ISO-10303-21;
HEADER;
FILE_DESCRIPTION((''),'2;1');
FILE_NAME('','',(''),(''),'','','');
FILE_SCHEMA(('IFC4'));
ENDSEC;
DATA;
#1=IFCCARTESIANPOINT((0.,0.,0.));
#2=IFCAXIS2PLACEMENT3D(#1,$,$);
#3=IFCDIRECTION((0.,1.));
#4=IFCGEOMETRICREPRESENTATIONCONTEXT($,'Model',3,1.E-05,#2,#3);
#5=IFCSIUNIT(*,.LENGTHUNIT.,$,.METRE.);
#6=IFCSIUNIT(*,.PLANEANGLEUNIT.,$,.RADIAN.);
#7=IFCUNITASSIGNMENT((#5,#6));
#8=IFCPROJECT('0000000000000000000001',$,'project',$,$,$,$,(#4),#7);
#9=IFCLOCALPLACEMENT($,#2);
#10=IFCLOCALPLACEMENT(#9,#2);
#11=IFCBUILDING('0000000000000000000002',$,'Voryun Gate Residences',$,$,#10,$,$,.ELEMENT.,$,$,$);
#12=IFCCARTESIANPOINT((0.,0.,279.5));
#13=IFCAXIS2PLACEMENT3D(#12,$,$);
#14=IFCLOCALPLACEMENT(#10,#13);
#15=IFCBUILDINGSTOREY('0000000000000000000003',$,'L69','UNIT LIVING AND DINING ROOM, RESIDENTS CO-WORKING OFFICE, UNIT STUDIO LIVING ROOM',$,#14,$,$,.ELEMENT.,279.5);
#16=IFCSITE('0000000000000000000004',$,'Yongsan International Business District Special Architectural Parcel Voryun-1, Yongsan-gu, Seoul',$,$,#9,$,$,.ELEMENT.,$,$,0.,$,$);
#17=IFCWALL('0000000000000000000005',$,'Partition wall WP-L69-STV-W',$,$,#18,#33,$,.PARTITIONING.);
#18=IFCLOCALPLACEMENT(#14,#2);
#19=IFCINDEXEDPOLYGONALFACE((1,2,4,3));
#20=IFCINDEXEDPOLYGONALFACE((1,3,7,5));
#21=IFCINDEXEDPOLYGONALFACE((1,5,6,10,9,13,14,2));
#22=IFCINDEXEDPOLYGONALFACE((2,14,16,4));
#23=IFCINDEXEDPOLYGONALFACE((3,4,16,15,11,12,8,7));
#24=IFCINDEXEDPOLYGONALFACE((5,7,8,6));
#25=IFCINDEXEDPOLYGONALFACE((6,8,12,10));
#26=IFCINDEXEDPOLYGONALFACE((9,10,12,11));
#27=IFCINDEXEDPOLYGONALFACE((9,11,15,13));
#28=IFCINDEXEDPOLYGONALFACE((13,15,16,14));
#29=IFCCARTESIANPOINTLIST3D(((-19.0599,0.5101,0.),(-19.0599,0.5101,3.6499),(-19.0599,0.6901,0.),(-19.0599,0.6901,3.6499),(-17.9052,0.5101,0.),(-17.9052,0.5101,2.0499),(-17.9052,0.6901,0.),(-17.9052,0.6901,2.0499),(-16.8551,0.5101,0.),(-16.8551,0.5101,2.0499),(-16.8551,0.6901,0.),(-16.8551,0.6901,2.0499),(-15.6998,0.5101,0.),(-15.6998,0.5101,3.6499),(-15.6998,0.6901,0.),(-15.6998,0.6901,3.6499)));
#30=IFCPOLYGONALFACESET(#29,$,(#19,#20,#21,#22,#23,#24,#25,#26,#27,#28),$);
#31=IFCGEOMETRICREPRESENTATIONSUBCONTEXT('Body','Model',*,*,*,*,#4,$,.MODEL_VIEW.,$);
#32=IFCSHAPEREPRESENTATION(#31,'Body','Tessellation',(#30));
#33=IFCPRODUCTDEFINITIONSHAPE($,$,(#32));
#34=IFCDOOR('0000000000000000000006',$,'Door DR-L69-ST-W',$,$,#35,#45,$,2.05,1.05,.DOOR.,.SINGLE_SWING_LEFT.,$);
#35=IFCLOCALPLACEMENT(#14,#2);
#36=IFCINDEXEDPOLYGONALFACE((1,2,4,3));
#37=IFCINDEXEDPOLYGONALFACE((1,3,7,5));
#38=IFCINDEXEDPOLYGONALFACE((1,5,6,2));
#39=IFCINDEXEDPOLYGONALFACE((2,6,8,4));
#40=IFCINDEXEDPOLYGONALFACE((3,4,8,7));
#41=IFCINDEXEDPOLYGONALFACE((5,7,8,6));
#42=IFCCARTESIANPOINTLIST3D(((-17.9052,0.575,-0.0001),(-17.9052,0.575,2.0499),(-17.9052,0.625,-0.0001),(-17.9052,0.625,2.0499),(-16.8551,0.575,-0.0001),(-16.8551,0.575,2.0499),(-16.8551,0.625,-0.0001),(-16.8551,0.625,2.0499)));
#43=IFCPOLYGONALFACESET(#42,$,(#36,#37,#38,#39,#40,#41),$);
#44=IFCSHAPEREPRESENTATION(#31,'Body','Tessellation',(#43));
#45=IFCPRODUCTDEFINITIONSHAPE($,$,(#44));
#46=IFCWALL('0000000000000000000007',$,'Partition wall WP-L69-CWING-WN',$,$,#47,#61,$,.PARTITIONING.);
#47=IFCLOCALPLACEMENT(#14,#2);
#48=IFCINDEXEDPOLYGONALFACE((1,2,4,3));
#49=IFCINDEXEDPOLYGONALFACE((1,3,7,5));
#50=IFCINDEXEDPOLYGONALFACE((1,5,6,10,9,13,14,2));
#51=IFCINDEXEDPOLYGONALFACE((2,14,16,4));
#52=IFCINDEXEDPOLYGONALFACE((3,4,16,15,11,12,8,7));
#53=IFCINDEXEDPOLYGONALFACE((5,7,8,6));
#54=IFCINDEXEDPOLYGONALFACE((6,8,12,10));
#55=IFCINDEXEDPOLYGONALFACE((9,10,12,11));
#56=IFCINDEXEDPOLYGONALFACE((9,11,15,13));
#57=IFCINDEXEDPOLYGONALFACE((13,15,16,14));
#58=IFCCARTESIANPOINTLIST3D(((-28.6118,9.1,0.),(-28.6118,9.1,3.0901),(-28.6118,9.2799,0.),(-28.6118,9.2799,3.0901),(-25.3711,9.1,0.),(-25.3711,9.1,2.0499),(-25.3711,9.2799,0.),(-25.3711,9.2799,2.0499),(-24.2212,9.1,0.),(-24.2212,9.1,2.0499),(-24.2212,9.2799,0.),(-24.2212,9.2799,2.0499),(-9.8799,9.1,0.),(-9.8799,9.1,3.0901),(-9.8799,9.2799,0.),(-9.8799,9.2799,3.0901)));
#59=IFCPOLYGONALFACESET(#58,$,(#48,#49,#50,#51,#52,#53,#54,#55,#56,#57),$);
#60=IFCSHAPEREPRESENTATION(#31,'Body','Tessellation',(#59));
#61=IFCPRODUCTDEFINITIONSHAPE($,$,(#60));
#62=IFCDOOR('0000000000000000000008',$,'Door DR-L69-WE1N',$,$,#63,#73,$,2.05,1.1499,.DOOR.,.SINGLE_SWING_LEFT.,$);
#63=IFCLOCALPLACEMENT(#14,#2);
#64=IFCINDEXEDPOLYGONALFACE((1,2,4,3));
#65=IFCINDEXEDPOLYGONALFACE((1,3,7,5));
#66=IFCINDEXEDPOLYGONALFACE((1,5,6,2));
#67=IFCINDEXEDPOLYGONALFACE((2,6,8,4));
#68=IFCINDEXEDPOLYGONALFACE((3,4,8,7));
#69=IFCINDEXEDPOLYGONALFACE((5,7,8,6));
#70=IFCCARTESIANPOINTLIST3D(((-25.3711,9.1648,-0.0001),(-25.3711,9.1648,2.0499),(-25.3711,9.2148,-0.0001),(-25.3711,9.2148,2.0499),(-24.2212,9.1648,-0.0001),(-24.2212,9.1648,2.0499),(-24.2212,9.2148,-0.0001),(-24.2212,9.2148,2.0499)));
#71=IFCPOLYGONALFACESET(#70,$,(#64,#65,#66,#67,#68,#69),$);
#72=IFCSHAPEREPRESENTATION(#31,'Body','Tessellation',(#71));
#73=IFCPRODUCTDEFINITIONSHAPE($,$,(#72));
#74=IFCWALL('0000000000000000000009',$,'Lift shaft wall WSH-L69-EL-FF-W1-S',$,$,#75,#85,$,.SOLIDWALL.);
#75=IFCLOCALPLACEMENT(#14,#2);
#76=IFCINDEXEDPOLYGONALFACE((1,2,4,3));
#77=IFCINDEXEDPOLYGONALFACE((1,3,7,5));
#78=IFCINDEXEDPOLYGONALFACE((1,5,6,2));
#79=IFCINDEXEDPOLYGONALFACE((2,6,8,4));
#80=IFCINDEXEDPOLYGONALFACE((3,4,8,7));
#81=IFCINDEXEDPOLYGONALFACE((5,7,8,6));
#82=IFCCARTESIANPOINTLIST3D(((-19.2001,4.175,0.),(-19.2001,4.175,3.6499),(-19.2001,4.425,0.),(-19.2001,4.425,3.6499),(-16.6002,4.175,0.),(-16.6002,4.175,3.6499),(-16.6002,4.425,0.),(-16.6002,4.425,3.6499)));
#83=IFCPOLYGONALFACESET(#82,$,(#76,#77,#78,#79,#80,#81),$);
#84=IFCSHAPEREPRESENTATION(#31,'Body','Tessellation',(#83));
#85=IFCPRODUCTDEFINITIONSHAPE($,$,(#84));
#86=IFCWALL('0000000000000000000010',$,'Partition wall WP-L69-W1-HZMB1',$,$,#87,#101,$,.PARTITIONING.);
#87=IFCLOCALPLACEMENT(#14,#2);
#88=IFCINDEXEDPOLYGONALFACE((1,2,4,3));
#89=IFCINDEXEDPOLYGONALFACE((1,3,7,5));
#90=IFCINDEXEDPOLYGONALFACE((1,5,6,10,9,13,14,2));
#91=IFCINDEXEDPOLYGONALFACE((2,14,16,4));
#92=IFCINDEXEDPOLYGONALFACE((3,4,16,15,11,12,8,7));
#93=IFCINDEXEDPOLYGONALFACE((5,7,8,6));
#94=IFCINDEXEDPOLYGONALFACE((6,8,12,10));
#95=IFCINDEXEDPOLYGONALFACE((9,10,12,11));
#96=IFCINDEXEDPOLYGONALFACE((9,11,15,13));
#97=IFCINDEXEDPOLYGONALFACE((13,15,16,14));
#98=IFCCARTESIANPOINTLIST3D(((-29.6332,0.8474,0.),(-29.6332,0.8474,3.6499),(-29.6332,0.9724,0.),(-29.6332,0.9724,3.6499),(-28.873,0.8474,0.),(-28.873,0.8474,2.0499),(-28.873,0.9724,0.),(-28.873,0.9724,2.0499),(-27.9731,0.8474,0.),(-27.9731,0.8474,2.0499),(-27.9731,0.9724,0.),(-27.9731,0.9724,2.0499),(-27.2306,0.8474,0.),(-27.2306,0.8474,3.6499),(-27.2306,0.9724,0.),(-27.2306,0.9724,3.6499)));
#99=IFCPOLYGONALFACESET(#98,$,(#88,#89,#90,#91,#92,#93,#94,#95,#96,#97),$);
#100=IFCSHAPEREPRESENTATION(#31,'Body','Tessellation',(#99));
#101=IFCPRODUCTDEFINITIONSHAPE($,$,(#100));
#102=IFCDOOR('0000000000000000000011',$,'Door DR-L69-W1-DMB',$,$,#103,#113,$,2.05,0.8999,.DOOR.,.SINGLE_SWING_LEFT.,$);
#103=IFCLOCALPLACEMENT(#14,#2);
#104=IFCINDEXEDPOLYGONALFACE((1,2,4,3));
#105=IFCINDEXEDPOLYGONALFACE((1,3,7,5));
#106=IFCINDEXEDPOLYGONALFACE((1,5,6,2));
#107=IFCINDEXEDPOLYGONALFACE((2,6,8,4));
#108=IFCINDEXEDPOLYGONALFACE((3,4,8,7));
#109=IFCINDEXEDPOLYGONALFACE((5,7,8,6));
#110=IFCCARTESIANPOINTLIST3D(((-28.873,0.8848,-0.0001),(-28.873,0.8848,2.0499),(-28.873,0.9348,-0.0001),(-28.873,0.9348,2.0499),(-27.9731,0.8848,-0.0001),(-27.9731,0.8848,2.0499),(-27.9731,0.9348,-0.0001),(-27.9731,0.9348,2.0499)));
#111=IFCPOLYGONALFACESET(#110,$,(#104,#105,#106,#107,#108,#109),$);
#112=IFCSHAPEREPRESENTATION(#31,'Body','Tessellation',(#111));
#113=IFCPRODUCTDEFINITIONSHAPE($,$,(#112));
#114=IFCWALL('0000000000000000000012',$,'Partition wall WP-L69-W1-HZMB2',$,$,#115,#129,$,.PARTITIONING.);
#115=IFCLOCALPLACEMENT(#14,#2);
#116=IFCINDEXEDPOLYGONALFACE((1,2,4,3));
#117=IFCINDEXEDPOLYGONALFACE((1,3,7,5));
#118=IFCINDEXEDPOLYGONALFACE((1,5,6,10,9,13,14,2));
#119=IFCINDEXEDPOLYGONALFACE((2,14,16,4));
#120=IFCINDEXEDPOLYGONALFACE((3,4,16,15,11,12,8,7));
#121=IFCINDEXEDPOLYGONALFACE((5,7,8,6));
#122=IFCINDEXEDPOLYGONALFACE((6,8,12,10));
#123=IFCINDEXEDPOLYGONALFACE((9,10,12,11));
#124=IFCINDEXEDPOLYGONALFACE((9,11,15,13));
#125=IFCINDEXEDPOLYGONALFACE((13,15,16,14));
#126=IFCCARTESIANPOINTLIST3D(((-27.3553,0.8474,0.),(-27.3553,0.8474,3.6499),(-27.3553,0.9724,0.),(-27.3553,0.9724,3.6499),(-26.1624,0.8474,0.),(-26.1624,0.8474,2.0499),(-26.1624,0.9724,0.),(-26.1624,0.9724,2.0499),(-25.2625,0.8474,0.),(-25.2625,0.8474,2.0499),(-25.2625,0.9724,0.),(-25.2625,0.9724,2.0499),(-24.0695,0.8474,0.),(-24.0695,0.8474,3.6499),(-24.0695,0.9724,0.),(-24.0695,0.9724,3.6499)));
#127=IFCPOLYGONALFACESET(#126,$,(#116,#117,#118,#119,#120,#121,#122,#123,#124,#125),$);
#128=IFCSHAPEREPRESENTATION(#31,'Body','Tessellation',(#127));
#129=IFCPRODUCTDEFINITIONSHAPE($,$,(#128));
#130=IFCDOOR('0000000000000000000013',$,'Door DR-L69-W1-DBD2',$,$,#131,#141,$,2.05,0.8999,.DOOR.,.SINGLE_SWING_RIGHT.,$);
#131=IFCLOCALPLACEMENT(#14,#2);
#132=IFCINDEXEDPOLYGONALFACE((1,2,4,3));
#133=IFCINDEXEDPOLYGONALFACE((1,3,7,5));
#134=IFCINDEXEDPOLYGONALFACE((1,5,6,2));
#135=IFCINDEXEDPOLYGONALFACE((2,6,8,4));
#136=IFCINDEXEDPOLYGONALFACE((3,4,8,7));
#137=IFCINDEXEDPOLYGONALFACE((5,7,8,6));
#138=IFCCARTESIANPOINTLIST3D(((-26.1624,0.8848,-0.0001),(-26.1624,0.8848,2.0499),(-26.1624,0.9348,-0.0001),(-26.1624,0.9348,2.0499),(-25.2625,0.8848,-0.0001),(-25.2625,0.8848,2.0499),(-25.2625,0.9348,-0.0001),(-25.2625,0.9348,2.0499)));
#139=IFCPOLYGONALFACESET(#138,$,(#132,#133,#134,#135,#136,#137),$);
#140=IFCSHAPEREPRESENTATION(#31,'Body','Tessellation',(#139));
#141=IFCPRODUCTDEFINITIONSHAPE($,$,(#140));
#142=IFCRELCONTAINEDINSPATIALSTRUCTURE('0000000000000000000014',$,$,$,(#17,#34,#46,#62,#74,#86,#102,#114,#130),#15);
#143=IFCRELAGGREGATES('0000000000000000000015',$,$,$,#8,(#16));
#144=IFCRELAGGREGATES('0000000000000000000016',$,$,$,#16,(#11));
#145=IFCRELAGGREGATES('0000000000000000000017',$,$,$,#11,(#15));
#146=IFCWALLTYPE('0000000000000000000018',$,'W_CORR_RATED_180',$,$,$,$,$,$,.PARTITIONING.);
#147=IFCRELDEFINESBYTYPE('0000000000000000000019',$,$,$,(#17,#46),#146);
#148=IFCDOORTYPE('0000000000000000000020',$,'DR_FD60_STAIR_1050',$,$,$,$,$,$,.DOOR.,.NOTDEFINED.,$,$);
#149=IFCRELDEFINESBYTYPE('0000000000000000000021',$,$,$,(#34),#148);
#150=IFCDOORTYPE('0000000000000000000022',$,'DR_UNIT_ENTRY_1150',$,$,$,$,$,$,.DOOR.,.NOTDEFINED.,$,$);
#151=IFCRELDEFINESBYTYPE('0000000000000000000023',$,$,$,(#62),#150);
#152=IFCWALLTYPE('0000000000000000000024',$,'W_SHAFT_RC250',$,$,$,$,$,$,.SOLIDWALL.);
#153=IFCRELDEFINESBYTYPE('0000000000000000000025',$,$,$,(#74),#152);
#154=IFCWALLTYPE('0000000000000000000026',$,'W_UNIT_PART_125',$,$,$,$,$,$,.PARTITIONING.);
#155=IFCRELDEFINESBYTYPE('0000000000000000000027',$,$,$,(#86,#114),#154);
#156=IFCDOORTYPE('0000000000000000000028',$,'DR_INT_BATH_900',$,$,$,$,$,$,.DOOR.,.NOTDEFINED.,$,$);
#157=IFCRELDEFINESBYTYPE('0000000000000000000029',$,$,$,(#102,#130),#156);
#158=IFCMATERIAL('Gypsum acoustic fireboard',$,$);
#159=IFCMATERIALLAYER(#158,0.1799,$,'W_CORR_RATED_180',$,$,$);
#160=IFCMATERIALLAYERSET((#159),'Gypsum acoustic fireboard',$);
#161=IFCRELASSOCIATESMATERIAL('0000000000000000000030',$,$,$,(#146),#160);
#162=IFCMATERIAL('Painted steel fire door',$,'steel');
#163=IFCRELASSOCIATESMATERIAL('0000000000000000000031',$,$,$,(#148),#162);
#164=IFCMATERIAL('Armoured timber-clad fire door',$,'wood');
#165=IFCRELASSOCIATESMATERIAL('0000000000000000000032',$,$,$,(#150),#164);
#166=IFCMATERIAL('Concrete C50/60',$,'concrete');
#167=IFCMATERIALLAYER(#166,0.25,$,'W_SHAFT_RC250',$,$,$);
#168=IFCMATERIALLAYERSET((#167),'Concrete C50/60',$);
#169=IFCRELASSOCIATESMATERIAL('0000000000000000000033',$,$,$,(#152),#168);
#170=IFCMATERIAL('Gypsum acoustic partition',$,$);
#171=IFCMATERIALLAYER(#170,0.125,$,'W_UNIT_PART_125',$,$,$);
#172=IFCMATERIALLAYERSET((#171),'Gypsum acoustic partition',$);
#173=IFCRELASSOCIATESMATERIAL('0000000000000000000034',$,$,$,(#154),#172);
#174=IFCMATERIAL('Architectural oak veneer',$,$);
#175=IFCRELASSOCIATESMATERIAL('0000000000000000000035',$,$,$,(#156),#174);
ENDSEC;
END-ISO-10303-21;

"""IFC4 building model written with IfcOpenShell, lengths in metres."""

from ifc_helpers import new_model, si_unit, direction, frame, frame_2d, origin, place, context, subcontext, project, spatial, rectangle, extrude, material, layer, layer_set, type_object, element, fill, save


model = new_model("IFC4")

# Units and contexts
model_context = context("Model", 3, precision=1e-05, world=origin(), true_north=direction((0.0, 1.0)))
body_context = subcontext(model_context, "Body", "Model", "MODEL_VIEW")
ifc_project = project(units=[si_unit("LENGTHUNIT", "METRE"), si_unit("PLANEANGLEUNIT", "RADIAN")], contexts=[model_context])

# Site, building, storey
site_placement = place(None, origin())
site = spatial("IfcSite", under=ifc_project, at=site_placement, Name="Yongsan International Business District Special Architectural Parcel Voryun-1, Yongsan-gu, Seoul", CompositionType="ELEMENT", RefElevation=0.0)
building_placement = place(site_placement, origin())
building = spatial("IfcBuilding", under=site, at=building_placement, Name="Voryun Gate Residences", CompositionType="ELEMENT")
storey_placement = place(building_placement, frame((0.0, 0.0, 279.5)))
storey = spatial("IfcBuildingStorey", under=building, at=storey_placement, Name="L69", Description="UNIT LIVING AND DINING ROOM, RESIDENTS CO-WORKING OFFICE, UNIT STUDIO LIVING ROOM", CompositionType="ELEMENT", Elevation=279.5)

# Walls, openings, doors
ifc_material_1 = material(Name="Gypsum acoustic fireboard")
ifc_layer_1 = layer(ifc_material_1, 0.1799, Name="W_CORR_RATED_180")
ifc_layer_set_1 = layer_set([ifc_layer_1], Name="Gypsum acoustic fireboard")
wall_type_1 = type_object("IfcWallType", Name="W_CORR_RATED_180", PredefinedType="PARTITIONING", material=ifc_layer_set_1)
wall_1_placement = place(storey_placement, frame((-19.0601, 0.6001, 0.0), z_axis=(0.0, 0.0, 1.0), x_axis=(1.0, 0.0, 0.0)))
wall_1 = element("IfcWall", 1, at=wall_1_placement, inside=storey, type_object=wall_type_1, Name="Partition wall WP-L69-STV-W", PredefinedType="PARTITIONING", context=body_context, shape_type="SweptSolid", body=[
    extrude(rectangle(XDim=3.3601, YDim=0.1799, at=frame_2d((1.6802, 0.0))), origin(), (0.0, 0.0, 1.0), 3.6499),
])
opening_1_placement = place(wall_1_placement, frame((1.155, 0.0, 0.0)))
opening_1 = element("IfcOpeningElement", 2, at=opening_1_placement, cuts=wall_1, PredefinedType="OPENING", context=body_context, shape_type="SweptSolid", body=[
    extrude(rectangle(XDim=1.05, YDim=2.05, at=frame_2d((0.5249, 1.0249))), frame((0.0, 0.0999, 0.0), z_axis=(0.0, -1.0, 0.0), x_axis=(1.0, 0.0, 0.0)), (0.0, 0.0, 1.0), 0.2),
])
ifc_material_2 = material(Name="Painted steel fire door", Category="steel")
door_type_1 = type_object("IfcDoorType", Name="DR_FD60_STAIR_1050", OperationType="NOTDEFINED", PredefinedType="DOOR", material=ifc_material_2)
door_1_placement = place(opening_1_placement, origin())
door_1 = element("IfcDoor", 3, at=door_1_placement, inside=storey, type_object=door_type_1, Name="Door DR-L69-ST-W", OperationType="SINGLE_SWING_LEFT", OverallHeight=2.05, OverallWidth=1.05, PredefinedType="DOOR", context=body_context, shape_type="SweptSolid", body=[
    extrude(rectangle(XDim=1.05, YDim=2.05, at=frame_2d((0.5249, 1.0249))), frame((0.0, 0.0249, 0.0), z_axis=(0.0, -1.0, 0.0), x_axis=(1.0, 0.0, 0.0)), (0.0, 0.0, 1.0), 0.05),
])
fill(opening_1, door_1)
wall_2_placement = place(storey_placement, frame((-28.6118, 9.1899, 0.0), z_axis=(0.0, 0.0, 1.0), x_axis=(1.0, 0.0, 0.0)))
wall_2 = element("IfcWall", 4, at=wall_2_placement, inside=storey, type_object=wall_type_1, Name="Partition wall WP-L69-CWING-WN", PredefinedType="PARTITIONING", context=body_context, shape_type="SweptSolid", body=[
    extrude(rectangle(XDim=18.7319, YDim=0.1799, at=frame_2d((9.366, 0.0))), origin(), (0.0, 0.0, 1.0), 3.0901),
])
opening_2_placement = place(wall_2_placement, frame((3.2407, 0.0, 0.0)))
opening_2 = element("IfcOpeningElement", 5, at=opening_2_placement, cuts=wall_2, PredefinedType="OPENING", context=body_context, shape_type="SweptSolid", body=[
    extrude(rectangle(XDim=1.1499, YDim=2.05, at=frame_2d((0.575, 1.0249))), frame((0.0, 0.0999, 0.0), z_axis=(0.0, -1.0, 0.0), x_axis=(1.0, 0.0, 0.0)), (0.0, 0.0, 1.0), 0.2),
])
ifc_material_3 = material(Name="Armoured timber-clad fire door", Category="wood")
door_type_2 = type_object("IfcDoorType", Name="DR_UNIT_ENTRY_1150", OperationType="NOTDEFINED", PredefinedType="DOOR", material=ifc_material_3)
door_2_placement = place(opening_2_placement, origin())
door_2 = element("IfcDoor", 6, at=door_2_placement, inside=storey, type_object=door_type_2, Name="Door DR-L69-WE1N", OperationType="SINGLE_SWING_LEFT", OverallHeight=2.05, OverallWidth=1.1499, PredefinedType="DOOR", context=body_context, shape_type="SweptSolid", body=[
    extrude(rectangle(XDim=1.1499, YDim=2.05, at=frame_2d((0.575, 1.0249))), frame((0.0, 0.0249, 0.0), z_axis=(0.0, -1.0, 0.0), x_axis=(1.0, 0.0, 0.0)), (0.0, 0.0, 1.0), 0.05),
])
fill(opening_2, door_2)

# Wall
ifc_material_4 = material(Name="Concrete C50/60", Category="concrete")
ifc_layer_2 = layer(ifc_material_4, 0.25, Name="W_SHAFT_RC250")
ifc_layer_set_2 = layer_set([ifc_layer_2], Name="Concrete C50/60")
wall_type_2 = type_object("IfcWallType", Name="W_SHAFT_RC250", PredefinedType="SOLIDWALL", material=ifc_layer_set_2)
wall_3_placement = place(storey_placement, frame((-19.2, 4.3, 0.0), z_axis=(0.0, 0.0, 1.0), x_axis=(1.0, 0.0, 0.0)))
element("IfcWall", 7, at=wall_3_placement, inside=storey, type_object=wall_type_2, Name="Lift shaft wall WSH-L69-EL-FF-W1-S", PredefinedType="SOLIDWALL", context=body_context, shape_type="SweptSolid", body=[
    extrude(rectangle(XDim=2.5999, YDim=0.25, at=frame_2d((1.2998, 0.0))), origin(), (0.0, 0.0, 1.0), 3.6499),
])

# Walls, openings, doors
ifc_material_5 = material(Name="Gypsum acoustic partition")
ifc_layer_3 = layer(ifc_material_5, 0.125, Name="W_UNIT_PART_125")
ifc_layer_set_3 = layer_set([ifc_layer_3], Name="Gypsum acoustic partition")
wall_type_3 = type_object("IfcWallType", Name="W_UNIT_PART_125", PredefinedType="PARTITIONING", material=ifc_layer_set_3)
wall_4_placement = place(storey_placement, frame((-29.6331, 0.9099, 0.0), z_axis=(0.0, 0.0, 1.0), x_axis=(1.0, 0.0, 0.0)))
wall_4 = element("IfcWall", 8, at=wall_4_placement, inside=storey, type_object=wall_type_3, Name="Partition wall WP-L69-W1-HZMB1", PredefinedType="PARTITIONING", context=body_context, shape_type="SweptSolid", body=[
    extrude(rectangle(XDim=2.4026, YDim=0.125, at=frame_2d((1.2012, 0.0))), origin(), (0.0, 0.0, 1.0), 3.6499),
])
opening_3_placement = place(wall_4_placement, frame((0.76, 0.0, 0.0)))
opening_3 = element("IfcOpeningElement", 9, at=opening_3_placement, cuts=wall_4, PredefinedType="OPENING", context=body_context, shape_type="SweptSolid", body=[
    extrude(rectangle(XDim=0.8999, YDim=2.05, at=frame_2d((0.45, 1.0249))), frame((0.0, 0.0725, 0.0), z_axis=(0.0, -1.0, 0.0), x_axis=(1.0, 0.0, 0.0)), (0.0, 0.0, 1.0), 0.145),
])
ifc_material_6 = material(Name="Architectural oak veneer")
door_type_3 = type_object("IfcDoorType", Name="DR_INT_BATH_900", OperationType="NOTDEFINED", PredefinedType="DOOR", material=ifc_material_6)
door_3_placement = place(opening_3_placement, origin())
door_3 = element("IfcDoor", 10, at=door_3_placement, inside=storey, type_object=door_type_3, Name="Door DR-L69-W1-DMB", OperationType="SINGLE_SWING_LEFT", OverallHeight=2.05, OverallWidth=0.8999, PredefinedType="DOOR", context=body_context, shape_type="SweptSolid", body=[
    extrude(rectangle(XDim=0.8999, YDim=2.05, at=frame_2d((0.45, 1.0249))), frame((0.0, 0.0249, 0.0), z_axis=(0.0, -1.0, 0.0), x_axis=(1.0, 0.0, 0.0)), (0.0, 0.0, 1.0), 0.05),
])
fill(opening_3, door_3)
wall_5_placement = place(storey_placement, frame((-27.3555, 0.9099, 0.0), z_axis=(0.0, 0.0, 1.0), x_axis=(1.0, 0.0, 0.0)))
wall_5 = element("IfcWall", 11, at=wall_5_placement, inside=storey, type_object=wall_type_3, Name="Partition wall WP-L69-W1-HZMB2", PredefinedType="PARTITIONING", context=body_context, shape_type="SweptSolid", body=[
    extrude(rectangle(XDim=3.2859, YDim=0.125, at=frame_2d((1.6431, 0.0))), origin(), (0.0, 0.0, 1.0), 3.6499),
])
opening_4_placement = place(wall_5_placement, frame((1.1931, 0.0, 0.0)))
opening_4 = element("IfcOpeningElement", 12, at=opening_4_placement, cuts=wall_5, PredefinedType="OPENING", context=body_context, shape_type="SweptSolid", body=[
    extrude(rectangle(XDim=0.8999, YDim=2.05, at=frame_2d((0.45, 1.0249))), frame((0.0, 0.0725, 0.0), z_axis=(0.0, -1.0, 0.0), x_axis=(1.0, 0.0, 0.0)), (0.0, 0.0, 1.0), 0.145),
])
door_4_placement = place(opening_4_placement, origin())
door_4 = element("IfcDoor", 13, at=door_4_placement, inside=storey, type_object=door_type_3, Name="Door DR-L69-W1-DBD2", OperationType="SINGLE_SWING_RIGHT", OverallHeight=2.05, OverallWidth=0.8999, PredefinedType="DOOR", context=body_context, shape_type="SweptSolid", body=[
    extrude(rectangle(XDim=0.8999, YDim=2.05, at=frame_2d((0.45, 1.0249))), frame((0.0, 0.0249, 0.0), z_axis=(0.0, -1.0, 0.0), x_axis=(1.0, 0.0, 0.0)), (0.0, 0.0, 1.0), 0.05),
])
fill(opening_4, door_4)

save(model, "model.ifc")
